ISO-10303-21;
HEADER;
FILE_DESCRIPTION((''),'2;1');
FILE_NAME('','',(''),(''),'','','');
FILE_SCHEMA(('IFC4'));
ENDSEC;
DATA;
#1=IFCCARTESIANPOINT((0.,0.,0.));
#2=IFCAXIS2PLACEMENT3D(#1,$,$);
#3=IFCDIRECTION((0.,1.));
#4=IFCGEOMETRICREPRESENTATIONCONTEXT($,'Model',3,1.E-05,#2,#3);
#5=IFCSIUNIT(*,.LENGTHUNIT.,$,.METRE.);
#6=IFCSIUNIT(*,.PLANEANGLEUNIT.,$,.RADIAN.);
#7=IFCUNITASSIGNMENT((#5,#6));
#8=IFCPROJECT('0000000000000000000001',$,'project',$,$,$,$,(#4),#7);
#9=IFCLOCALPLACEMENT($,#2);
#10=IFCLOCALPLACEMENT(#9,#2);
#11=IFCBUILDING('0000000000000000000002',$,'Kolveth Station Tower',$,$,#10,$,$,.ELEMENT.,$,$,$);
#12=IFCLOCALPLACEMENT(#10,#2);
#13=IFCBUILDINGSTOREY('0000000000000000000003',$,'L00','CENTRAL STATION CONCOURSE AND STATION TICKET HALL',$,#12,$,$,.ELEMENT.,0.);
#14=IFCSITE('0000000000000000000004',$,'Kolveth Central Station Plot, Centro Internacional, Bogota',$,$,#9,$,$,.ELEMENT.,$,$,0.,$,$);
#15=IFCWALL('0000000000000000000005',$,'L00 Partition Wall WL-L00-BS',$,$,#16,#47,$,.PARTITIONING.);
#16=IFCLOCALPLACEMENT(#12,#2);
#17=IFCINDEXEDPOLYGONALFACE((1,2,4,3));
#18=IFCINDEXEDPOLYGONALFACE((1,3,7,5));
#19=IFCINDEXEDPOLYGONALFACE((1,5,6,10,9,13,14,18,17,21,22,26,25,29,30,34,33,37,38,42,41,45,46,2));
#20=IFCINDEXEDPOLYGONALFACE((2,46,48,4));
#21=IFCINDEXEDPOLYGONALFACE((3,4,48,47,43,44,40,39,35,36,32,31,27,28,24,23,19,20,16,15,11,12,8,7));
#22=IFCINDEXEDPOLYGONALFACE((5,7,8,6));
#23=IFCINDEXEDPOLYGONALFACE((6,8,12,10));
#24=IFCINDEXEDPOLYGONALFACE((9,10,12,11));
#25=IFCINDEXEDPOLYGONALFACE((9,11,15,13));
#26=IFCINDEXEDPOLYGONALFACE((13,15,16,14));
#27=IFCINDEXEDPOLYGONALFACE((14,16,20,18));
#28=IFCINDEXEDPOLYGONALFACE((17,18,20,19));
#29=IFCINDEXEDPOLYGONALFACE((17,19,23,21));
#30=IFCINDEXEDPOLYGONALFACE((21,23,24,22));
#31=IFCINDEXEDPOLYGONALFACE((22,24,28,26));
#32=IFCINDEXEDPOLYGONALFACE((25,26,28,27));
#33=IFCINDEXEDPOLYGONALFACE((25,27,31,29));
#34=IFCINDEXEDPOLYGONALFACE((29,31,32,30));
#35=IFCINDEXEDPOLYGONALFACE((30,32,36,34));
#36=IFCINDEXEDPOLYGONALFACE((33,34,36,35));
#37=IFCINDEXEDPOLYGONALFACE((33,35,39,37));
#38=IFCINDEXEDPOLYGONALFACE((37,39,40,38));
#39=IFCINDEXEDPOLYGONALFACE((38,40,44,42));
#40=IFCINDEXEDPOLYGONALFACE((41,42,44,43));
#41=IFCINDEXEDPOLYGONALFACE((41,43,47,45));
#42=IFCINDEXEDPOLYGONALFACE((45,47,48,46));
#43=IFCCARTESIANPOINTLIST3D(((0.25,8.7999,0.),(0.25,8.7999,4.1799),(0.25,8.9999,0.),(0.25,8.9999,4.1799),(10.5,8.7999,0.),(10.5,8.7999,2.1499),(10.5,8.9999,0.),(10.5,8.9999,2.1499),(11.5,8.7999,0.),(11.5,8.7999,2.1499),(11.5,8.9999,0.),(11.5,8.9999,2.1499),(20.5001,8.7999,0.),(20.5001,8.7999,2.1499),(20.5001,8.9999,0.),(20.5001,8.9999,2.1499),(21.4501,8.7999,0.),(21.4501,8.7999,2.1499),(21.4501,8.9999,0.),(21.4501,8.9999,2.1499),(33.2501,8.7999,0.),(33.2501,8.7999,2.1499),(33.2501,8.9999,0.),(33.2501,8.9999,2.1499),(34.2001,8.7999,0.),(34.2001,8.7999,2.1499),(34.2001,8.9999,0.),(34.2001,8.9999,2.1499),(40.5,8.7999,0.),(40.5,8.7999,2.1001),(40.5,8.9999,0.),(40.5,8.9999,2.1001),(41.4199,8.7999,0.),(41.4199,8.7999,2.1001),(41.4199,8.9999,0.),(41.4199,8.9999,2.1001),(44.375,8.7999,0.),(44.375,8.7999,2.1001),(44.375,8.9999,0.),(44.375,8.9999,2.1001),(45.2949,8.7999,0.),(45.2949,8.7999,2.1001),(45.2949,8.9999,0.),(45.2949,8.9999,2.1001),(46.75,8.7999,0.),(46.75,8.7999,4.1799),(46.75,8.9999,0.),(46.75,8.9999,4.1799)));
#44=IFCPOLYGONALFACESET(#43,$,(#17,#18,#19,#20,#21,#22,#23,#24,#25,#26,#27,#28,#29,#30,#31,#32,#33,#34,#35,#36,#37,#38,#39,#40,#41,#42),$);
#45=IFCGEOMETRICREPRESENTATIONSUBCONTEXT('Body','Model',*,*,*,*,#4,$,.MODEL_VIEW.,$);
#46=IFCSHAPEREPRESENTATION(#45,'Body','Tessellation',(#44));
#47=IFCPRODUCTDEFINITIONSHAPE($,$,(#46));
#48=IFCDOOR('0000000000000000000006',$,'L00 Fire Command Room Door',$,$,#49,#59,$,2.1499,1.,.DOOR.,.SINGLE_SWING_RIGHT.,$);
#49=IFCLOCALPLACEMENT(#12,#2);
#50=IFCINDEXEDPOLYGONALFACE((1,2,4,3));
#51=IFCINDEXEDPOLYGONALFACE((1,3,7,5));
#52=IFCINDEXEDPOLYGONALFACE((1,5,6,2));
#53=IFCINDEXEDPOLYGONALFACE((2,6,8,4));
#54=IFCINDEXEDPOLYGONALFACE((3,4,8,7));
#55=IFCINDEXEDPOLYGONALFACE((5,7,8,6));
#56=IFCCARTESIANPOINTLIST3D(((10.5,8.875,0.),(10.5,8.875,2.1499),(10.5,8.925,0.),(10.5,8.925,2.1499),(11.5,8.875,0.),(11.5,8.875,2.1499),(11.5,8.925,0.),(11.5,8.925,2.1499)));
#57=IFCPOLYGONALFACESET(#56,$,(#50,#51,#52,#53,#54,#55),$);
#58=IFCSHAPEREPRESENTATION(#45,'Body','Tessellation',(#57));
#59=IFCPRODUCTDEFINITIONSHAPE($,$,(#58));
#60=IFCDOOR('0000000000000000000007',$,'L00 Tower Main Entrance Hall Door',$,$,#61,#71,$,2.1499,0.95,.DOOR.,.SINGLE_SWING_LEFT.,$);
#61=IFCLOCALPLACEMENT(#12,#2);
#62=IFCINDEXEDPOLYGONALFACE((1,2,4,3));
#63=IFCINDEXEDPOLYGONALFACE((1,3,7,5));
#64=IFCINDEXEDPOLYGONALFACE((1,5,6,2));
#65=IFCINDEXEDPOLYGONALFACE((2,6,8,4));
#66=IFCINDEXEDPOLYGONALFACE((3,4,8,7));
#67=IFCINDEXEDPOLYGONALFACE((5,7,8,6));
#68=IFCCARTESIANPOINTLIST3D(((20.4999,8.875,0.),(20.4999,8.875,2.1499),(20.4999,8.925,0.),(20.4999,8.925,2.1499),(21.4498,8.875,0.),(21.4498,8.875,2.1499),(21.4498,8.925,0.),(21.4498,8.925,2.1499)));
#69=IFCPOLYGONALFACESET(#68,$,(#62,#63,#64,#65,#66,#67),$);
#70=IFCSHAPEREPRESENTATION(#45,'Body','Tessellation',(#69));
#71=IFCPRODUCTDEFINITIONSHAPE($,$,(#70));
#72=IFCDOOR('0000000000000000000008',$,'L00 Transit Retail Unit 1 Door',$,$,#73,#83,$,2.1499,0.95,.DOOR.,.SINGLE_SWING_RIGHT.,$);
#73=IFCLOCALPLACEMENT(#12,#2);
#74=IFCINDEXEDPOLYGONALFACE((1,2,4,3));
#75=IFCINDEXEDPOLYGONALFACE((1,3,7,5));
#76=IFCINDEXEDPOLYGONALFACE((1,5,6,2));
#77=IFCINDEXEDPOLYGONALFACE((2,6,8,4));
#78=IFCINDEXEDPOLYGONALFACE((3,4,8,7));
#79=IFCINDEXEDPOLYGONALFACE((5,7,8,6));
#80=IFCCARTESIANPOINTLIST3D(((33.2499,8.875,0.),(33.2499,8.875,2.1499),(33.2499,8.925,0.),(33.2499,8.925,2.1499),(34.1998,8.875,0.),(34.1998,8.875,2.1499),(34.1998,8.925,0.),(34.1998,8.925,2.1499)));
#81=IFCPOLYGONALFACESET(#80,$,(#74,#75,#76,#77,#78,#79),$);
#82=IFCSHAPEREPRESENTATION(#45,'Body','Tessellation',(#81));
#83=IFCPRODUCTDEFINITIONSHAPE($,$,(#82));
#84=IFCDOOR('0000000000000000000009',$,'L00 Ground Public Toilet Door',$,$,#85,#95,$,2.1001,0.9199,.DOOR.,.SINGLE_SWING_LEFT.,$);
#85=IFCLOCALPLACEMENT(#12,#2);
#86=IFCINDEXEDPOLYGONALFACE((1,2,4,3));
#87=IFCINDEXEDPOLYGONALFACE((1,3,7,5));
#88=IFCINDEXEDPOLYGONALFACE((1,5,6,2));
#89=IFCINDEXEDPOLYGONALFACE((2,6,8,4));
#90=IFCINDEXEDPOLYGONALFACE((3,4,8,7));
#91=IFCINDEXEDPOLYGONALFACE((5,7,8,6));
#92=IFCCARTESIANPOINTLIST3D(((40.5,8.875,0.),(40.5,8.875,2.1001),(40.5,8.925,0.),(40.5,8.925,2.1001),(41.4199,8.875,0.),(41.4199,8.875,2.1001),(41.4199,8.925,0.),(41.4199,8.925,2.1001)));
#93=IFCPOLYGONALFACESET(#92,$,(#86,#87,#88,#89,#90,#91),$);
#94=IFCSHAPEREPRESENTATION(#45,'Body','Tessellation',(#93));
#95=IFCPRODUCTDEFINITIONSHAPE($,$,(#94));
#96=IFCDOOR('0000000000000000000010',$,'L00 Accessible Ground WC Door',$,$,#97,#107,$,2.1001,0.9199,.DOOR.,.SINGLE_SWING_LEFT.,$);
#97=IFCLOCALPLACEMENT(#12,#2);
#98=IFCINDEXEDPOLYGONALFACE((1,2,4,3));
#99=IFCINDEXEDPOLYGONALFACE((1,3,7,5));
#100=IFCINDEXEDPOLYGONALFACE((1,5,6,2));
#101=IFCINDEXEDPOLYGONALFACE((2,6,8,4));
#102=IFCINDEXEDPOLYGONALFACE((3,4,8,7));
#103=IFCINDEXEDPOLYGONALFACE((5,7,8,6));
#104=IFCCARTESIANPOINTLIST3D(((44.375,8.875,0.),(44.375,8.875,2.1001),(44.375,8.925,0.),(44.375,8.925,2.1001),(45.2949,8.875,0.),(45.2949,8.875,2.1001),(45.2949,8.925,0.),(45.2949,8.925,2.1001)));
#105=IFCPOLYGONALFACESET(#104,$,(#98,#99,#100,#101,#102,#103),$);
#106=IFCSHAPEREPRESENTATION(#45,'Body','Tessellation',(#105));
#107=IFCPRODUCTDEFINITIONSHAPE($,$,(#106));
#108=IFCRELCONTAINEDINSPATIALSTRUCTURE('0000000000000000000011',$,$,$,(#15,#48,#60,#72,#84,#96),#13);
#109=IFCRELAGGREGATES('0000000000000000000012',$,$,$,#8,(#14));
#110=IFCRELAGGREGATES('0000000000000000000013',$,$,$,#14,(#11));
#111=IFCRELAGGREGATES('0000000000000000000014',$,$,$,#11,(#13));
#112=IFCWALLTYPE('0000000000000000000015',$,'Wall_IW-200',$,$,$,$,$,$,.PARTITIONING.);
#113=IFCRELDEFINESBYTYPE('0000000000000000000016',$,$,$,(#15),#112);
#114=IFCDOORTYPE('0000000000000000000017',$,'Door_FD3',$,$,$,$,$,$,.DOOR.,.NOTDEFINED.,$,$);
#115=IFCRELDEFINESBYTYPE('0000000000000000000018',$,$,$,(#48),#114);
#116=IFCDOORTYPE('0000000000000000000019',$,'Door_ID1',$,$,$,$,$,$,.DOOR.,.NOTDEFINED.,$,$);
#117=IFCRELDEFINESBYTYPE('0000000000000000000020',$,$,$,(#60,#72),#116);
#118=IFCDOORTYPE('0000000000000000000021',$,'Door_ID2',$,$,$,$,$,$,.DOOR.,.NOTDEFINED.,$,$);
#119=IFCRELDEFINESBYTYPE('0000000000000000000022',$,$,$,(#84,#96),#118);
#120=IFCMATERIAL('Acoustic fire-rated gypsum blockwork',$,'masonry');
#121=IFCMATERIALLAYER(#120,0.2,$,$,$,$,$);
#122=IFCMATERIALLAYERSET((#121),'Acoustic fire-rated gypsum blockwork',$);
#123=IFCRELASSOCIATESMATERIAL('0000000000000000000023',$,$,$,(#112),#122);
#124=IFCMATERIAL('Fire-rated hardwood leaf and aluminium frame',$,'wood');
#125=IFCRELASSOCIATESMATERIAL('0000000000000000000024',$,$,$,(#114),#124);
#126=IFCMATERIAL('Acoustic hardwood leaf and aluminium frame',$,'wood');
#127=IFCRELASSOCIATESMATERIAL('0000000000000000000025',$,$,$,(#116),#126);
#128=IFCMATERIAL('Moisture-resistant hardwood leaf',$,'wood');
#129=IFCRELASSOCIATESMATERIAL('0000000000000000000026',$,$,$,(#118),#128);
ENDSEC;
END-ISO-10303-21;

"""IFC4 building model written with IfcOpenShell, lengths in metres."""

from ifc_helpers import new_model, si_unit, direction, frame, frame_2d, origin, place, context, subcontext, project, spatial, rectangle, extrude, material, layer, layer_set, type_object, element, fill, save


model = new_model("IFC4")

# Units and contexts
model_context = context("Model", 3, precision=1e-05, world=origin(), true_north=direction((0.0, 1.0)))
body_context = subcontext(model_context, "Body", "Model", "MODEL_VIEW")
ifc_project = project(units=[si_unit("LENGTHUNIT", "METRE"), si_unit("PLANEANGLEUNIT", "RADIAN")], contexts=[model_context])

# Site, building, storey
site_placement = place(None, origin())
site = spatial("IfcSite", under=ifc_project, at=site_placement, Name="Kolveth Central Station Plot, Centro Internacional, Bogota", CompositionType="ELEMENT", RefElevation=0.0)
building_placement = place(site_placement, origin())
building = spatial("IfcBuilding", under=site, at=building_placement, Name="Kolveth Station Tower", CompositionType="ELEMENT")
storey_placement = place(building_placement, origin())
storey = spatial("IfcBuildingStorey", under=building, at=storey_placement, Name="L00", Description="CENTRAL STATION CONCOURSE AND STATION TICKET HALL", CompositionType="ELEMENT", Elevation=0.0)

# Wall, openings, doors
ifc_material_1 = material(Name="Acoustic fire-rated gypsum blockwork", Category="masonry")
ifc_layer_1 = layer(ifc_material_1, 0.2)
ifc_layer_set_1 = layer_set([ifc_layer_1], Name="Acoustic fire-rated gypsum blockwork")
wall_type_1 = type_object("IfcWallType", Name="Wall_IW-200", PredefinedType="PARTITIONING", material=ifc_layer_set_1)
wall_1_placement = place(storey_placement, frame((0.25, 8.8999, 0.0), z_axis=(0.0, 0.0, 1.0), x_axis=(1.0, 0.0, 0.0)))
wall_1 = element("IfcWall", 1, at=wall_1_placement, inside=storey, type_object=wall_type_1, Name="L00 Partition Wall WL-L00-BS", PredefinedType="PARTITIONING", context=body_context, shape_type="SweptSolid", body=[
    extrude(rectangle(XDim=46.5, YDim=0.2, at=frame_2d((23.25, 0.0))), origin(), (0.0, 0.0, 1.0), 4.1799),
])
opening_1_placement = place(wall_1_placement, frame((10.25, 0.0, 0.0)))
opening_1 = element("IfcOpeningElement", 2, at=opening_1_placement, cuts=wall_1, PredefinedType="OPENING", context=body_context, shape_type="SweptSolid", body=[
    extrude(rectangle(XDim=1.0, YDim=2.1499, at=frame_2d((0.5, 1.075))), frame((0.0, 0.1099, 0.0), z_axis=(0.0, -1.0, 0.0), x_axis=(1.0, 0.0, 0.0)), (0.0, 0.0, 1.0), 0.22),
])
opening_2_placement = place(wall_1_placement, frame((20.25, 0.0, 0.0)))
opening_2 = element("IfcOpeningElement", 3, at=opening_2_placement, cuts=wall_1, PredefinedType="OPENING", context=body_context, shape_type="SweptSolid", body=[
    extrude(rectangle(XDim=0.95, YDim=2.1499, at=frame_2d((0.4751, 1.075))), frame((0.0, 0.1099, 0.0), z_axis=(0.0, -1.0, 0.0), x_axis=(1.0, 0.0, 0.0)), (0.0, 0.0, 1.0), 0.22),
])
opening_3_placement = place(wall_1_placement, frame((33.0, 0.0, 0.0)))
opening_3 = element("IfcOpeningElement", 4, at=opening_3_placement, cuts=wall_1, PredefinedType="OPENING", context=body_context, shape_type="SweptSolid", body=[
    extrude(rectangle(XDim=0.95, YDim=2.1499, at=frame_2d((0.4751, 1.075))), frame((0.0, 0.1099, 0.0), z_axis=(0.0, -1.0, 0.0), x_axis=(1.0, 0.0, 0.0)), (0.0, 0.0, 1.0), 0.22),
])
opening_4_placement = place(wall_1_placement, frame((40.25, 0.0, 0.0)))
opening_4 = element("IfcOpeningElement", 5, at=opening_4_placement, cuts=wall_1, PredefinedType="OPENING", context=body_context, shape_type="SweptSolid", body=[
    extrude(rectangle(XDim=0.9199, YDim=2.1001, at=frame_2d((0.46, 1.05))), frame((0.0, 0.1099, 0.0), z_axis=(0.0, -1.0, 0.0), x_axis=(1.0, 0.0, 0.0)), (0.0, 0.0, 1.0), 0.22),
])
opening_5_placement = place(wall_1_placement, frame((44.125, 0.0, 0.0)))
opening_5 = element("IfcOpeningElement", 6, at=opening_5_placement, cuts=wall_1, PredefinedType="OPENING", context=body_context, shape_type="SweptSolid", body=[
    extrude(rectangle(XDim=0.9199, YDim=2.1001, at=frame_2d((0.46, 1.05))), frame((0.0, 0.1099, 0.0), z_axis=(0.0, -1.0, 0.0), x_axis=(1.0, 0.0, 0.0)), (0.0, 0.0, 1.0), 0.22),
])
ifc_material_2 = material(Name="Fire-rated hardwood leaf and aluminium frame", Category="wood")
door_type_1 = type_object("IfcDoorType", Name="Door_FD3", OperationType="NOTDEFINED", PredefinedType="DOOR", material=ifc_material_2)
door_1_placement = place(opening_1_placement, frame((1.0, 0.0, 0.0), z_axis=(0.0, 0.0, 1.0), x_axis=(-1.0, 0.0, 0.0)))
door_1 = element("IfcDoor", 7, at=door_1_placement, inside=storey, type_object=door_type_1, Name="L00 Fire Command Room Door", OperationType="SINGLE_SWING_RIGHT", OverallHeight=2.1499, OverallWidth=1.0, PredefinedType="DOOR", context=body_context, shape_type="SweptSolid", body=[
    extrude(rectangle(XDim=1.0, YDim=2.1499, at=frame_2d((0.5, 1.075))), frame((0.0, 0.0249, 0.0), z_axis=(0.0, -1.0, 0.0), x_axis=(1.0, 0.0, 0.0)), (0.0, 0.0, 1.0), 0.05),
])
fill(opening_1, door_1)
ifc_material_3 = material(Name="Acoustic hardwood leaf and aluminium frame", Category="wood")
door_type_2 = type_object("IfcDoorType", Name="Door_ID1", OperationType="NOTDEFINED", PredefinedType="DOOR", material=ifc_material_3)
door_2_placement = place(opening_2_placement, frame((0.95, 0.0, 0.0), z_axis=(0.0, 0.0, 1.0), x_axis=(-1.0, 0.0, 0.0)))
door_2 = element("IfcDoor", 8, at=door_2_placement, inside=storey, type_object=door_type_2, Name="L00 Tower Main Entrance Hall Door", OperationType="SINGLE_SWING_LEFT", OverallHeight=2.1499, OverallWidth=0.95, PredefinedType="DOOR", context=body_context, shape_type="SweptSolid", body=[
    extrude(rectangle(XDim=0.95, YDim=2.1499, at=frame_2d((0.4751, 1.075))), frame((0.0, 0.0249, 0.0), z_axis=(0.0, -1.0, 0.0), x_axis=(1.0, 0.0, 0.0)), (0.0, 0.0, 1.0), 0.05),
])
fill(opening_2, door_2)
door_3_placement = place(opening_3_placement, frame((0.95, 0.0, 0.0), z_axis=(0.0, 0.0, 1.0), x_axis=(-1.0, 0.0, 0.0)))
door_3 = element("IfcDoor", 9, at=door_3_placement, inside=storey, type_object=door_type_2, Name="L00 Transit Retail Unit 1 Door", OperationType="SINGLE_SWING_RIGHT", OverallHeight=2.1499, OverallWidth=0.95, PredefinedType="DOOR", context=body_context, shape_type="SweptSolid", body=[
    extrude(rectangle(XDim=0.95, YDim=2.1499, at=frame_2d((0.4751, 1.075))), frame((0.0, 0.0249, 0.0), z_axis=(0.0, -1.0, 0.0), x_axis=(1.0, 0.0, 0.0)), (0.0, 0.0, 1.0), 0.05),
])
fill(opening_3, door_3)
ifc_material_4 = material(Name="Moisture-resistant hardwood leaf", Category="wood")
door_type_3 = type_object("IfcDoorType", Name="Door_ID2", OperationType="NOTDEFINED", PredefinedType="DOOR", material=ifc_material_4)
door_4_placement = place(opening_4_placement, frame((0.9199, 0.0, 0.0), z_axis=(0.0, 0.0, 1.0), x_axis=(-1.0, 0.0, 0.0)))
door_4 = element("IfcDoor", 10, at=door_4_placement, inside=storey, type_object=door_type_3, Name="L00 Ground Public Toilet Door", OperationType="SINGLE_SWING_LEFT", OverallHeight=2.1001, OverallWidth=0.9199, PredefinedType="DOOR", context=body_context, shape_type="SweptSolid", body=[
    extrude(rectangle(XDim=0.9199, YDim=2.1001, at=frame_2d((0.46, 1.05))), frame((0.0, 0.0249, 0.0), z_axis=(0.0, -1.0, 0.0), x_axis=(1.0, 0.0, 0.0)), (0.0, 0.0, 1.0), 0.05),
])
fill(opening_4, door_4)
door_5_placement = place(opening_5_placement, frame((0.9199, 0.0, 0.0), z_axis=(0.0, 0.0, 1.0), x_axis=(-1.0, 0.0, 0.0)))
door_5 = element("IfcDoor", 11, at=door_5_placement, inside=storey, type_object=door_type_3, Name="L00 Accessible Ground WC Door", OperationType="SINGLE_SWING_LEFT", OverallHeight=2.1001, OverallWidth=0.9199, PredefinedType="DOOR", context=body_context, shape_type="SweptSolid", body=[
    extrude(rectangle(XDim=0.9199, YDim=2.1001, at=frame_2d((0.46, 1.05))), frame((0.0, 0.0249, 0.0), z_axis=(0.0, -1.0, 0.0), x_axis=(1.0, 0.0, 0.0)), (0.0, 0.0, 1.0), 0.05),
])
fill(opening_5, door_5)

save(model, "model.ifc")
